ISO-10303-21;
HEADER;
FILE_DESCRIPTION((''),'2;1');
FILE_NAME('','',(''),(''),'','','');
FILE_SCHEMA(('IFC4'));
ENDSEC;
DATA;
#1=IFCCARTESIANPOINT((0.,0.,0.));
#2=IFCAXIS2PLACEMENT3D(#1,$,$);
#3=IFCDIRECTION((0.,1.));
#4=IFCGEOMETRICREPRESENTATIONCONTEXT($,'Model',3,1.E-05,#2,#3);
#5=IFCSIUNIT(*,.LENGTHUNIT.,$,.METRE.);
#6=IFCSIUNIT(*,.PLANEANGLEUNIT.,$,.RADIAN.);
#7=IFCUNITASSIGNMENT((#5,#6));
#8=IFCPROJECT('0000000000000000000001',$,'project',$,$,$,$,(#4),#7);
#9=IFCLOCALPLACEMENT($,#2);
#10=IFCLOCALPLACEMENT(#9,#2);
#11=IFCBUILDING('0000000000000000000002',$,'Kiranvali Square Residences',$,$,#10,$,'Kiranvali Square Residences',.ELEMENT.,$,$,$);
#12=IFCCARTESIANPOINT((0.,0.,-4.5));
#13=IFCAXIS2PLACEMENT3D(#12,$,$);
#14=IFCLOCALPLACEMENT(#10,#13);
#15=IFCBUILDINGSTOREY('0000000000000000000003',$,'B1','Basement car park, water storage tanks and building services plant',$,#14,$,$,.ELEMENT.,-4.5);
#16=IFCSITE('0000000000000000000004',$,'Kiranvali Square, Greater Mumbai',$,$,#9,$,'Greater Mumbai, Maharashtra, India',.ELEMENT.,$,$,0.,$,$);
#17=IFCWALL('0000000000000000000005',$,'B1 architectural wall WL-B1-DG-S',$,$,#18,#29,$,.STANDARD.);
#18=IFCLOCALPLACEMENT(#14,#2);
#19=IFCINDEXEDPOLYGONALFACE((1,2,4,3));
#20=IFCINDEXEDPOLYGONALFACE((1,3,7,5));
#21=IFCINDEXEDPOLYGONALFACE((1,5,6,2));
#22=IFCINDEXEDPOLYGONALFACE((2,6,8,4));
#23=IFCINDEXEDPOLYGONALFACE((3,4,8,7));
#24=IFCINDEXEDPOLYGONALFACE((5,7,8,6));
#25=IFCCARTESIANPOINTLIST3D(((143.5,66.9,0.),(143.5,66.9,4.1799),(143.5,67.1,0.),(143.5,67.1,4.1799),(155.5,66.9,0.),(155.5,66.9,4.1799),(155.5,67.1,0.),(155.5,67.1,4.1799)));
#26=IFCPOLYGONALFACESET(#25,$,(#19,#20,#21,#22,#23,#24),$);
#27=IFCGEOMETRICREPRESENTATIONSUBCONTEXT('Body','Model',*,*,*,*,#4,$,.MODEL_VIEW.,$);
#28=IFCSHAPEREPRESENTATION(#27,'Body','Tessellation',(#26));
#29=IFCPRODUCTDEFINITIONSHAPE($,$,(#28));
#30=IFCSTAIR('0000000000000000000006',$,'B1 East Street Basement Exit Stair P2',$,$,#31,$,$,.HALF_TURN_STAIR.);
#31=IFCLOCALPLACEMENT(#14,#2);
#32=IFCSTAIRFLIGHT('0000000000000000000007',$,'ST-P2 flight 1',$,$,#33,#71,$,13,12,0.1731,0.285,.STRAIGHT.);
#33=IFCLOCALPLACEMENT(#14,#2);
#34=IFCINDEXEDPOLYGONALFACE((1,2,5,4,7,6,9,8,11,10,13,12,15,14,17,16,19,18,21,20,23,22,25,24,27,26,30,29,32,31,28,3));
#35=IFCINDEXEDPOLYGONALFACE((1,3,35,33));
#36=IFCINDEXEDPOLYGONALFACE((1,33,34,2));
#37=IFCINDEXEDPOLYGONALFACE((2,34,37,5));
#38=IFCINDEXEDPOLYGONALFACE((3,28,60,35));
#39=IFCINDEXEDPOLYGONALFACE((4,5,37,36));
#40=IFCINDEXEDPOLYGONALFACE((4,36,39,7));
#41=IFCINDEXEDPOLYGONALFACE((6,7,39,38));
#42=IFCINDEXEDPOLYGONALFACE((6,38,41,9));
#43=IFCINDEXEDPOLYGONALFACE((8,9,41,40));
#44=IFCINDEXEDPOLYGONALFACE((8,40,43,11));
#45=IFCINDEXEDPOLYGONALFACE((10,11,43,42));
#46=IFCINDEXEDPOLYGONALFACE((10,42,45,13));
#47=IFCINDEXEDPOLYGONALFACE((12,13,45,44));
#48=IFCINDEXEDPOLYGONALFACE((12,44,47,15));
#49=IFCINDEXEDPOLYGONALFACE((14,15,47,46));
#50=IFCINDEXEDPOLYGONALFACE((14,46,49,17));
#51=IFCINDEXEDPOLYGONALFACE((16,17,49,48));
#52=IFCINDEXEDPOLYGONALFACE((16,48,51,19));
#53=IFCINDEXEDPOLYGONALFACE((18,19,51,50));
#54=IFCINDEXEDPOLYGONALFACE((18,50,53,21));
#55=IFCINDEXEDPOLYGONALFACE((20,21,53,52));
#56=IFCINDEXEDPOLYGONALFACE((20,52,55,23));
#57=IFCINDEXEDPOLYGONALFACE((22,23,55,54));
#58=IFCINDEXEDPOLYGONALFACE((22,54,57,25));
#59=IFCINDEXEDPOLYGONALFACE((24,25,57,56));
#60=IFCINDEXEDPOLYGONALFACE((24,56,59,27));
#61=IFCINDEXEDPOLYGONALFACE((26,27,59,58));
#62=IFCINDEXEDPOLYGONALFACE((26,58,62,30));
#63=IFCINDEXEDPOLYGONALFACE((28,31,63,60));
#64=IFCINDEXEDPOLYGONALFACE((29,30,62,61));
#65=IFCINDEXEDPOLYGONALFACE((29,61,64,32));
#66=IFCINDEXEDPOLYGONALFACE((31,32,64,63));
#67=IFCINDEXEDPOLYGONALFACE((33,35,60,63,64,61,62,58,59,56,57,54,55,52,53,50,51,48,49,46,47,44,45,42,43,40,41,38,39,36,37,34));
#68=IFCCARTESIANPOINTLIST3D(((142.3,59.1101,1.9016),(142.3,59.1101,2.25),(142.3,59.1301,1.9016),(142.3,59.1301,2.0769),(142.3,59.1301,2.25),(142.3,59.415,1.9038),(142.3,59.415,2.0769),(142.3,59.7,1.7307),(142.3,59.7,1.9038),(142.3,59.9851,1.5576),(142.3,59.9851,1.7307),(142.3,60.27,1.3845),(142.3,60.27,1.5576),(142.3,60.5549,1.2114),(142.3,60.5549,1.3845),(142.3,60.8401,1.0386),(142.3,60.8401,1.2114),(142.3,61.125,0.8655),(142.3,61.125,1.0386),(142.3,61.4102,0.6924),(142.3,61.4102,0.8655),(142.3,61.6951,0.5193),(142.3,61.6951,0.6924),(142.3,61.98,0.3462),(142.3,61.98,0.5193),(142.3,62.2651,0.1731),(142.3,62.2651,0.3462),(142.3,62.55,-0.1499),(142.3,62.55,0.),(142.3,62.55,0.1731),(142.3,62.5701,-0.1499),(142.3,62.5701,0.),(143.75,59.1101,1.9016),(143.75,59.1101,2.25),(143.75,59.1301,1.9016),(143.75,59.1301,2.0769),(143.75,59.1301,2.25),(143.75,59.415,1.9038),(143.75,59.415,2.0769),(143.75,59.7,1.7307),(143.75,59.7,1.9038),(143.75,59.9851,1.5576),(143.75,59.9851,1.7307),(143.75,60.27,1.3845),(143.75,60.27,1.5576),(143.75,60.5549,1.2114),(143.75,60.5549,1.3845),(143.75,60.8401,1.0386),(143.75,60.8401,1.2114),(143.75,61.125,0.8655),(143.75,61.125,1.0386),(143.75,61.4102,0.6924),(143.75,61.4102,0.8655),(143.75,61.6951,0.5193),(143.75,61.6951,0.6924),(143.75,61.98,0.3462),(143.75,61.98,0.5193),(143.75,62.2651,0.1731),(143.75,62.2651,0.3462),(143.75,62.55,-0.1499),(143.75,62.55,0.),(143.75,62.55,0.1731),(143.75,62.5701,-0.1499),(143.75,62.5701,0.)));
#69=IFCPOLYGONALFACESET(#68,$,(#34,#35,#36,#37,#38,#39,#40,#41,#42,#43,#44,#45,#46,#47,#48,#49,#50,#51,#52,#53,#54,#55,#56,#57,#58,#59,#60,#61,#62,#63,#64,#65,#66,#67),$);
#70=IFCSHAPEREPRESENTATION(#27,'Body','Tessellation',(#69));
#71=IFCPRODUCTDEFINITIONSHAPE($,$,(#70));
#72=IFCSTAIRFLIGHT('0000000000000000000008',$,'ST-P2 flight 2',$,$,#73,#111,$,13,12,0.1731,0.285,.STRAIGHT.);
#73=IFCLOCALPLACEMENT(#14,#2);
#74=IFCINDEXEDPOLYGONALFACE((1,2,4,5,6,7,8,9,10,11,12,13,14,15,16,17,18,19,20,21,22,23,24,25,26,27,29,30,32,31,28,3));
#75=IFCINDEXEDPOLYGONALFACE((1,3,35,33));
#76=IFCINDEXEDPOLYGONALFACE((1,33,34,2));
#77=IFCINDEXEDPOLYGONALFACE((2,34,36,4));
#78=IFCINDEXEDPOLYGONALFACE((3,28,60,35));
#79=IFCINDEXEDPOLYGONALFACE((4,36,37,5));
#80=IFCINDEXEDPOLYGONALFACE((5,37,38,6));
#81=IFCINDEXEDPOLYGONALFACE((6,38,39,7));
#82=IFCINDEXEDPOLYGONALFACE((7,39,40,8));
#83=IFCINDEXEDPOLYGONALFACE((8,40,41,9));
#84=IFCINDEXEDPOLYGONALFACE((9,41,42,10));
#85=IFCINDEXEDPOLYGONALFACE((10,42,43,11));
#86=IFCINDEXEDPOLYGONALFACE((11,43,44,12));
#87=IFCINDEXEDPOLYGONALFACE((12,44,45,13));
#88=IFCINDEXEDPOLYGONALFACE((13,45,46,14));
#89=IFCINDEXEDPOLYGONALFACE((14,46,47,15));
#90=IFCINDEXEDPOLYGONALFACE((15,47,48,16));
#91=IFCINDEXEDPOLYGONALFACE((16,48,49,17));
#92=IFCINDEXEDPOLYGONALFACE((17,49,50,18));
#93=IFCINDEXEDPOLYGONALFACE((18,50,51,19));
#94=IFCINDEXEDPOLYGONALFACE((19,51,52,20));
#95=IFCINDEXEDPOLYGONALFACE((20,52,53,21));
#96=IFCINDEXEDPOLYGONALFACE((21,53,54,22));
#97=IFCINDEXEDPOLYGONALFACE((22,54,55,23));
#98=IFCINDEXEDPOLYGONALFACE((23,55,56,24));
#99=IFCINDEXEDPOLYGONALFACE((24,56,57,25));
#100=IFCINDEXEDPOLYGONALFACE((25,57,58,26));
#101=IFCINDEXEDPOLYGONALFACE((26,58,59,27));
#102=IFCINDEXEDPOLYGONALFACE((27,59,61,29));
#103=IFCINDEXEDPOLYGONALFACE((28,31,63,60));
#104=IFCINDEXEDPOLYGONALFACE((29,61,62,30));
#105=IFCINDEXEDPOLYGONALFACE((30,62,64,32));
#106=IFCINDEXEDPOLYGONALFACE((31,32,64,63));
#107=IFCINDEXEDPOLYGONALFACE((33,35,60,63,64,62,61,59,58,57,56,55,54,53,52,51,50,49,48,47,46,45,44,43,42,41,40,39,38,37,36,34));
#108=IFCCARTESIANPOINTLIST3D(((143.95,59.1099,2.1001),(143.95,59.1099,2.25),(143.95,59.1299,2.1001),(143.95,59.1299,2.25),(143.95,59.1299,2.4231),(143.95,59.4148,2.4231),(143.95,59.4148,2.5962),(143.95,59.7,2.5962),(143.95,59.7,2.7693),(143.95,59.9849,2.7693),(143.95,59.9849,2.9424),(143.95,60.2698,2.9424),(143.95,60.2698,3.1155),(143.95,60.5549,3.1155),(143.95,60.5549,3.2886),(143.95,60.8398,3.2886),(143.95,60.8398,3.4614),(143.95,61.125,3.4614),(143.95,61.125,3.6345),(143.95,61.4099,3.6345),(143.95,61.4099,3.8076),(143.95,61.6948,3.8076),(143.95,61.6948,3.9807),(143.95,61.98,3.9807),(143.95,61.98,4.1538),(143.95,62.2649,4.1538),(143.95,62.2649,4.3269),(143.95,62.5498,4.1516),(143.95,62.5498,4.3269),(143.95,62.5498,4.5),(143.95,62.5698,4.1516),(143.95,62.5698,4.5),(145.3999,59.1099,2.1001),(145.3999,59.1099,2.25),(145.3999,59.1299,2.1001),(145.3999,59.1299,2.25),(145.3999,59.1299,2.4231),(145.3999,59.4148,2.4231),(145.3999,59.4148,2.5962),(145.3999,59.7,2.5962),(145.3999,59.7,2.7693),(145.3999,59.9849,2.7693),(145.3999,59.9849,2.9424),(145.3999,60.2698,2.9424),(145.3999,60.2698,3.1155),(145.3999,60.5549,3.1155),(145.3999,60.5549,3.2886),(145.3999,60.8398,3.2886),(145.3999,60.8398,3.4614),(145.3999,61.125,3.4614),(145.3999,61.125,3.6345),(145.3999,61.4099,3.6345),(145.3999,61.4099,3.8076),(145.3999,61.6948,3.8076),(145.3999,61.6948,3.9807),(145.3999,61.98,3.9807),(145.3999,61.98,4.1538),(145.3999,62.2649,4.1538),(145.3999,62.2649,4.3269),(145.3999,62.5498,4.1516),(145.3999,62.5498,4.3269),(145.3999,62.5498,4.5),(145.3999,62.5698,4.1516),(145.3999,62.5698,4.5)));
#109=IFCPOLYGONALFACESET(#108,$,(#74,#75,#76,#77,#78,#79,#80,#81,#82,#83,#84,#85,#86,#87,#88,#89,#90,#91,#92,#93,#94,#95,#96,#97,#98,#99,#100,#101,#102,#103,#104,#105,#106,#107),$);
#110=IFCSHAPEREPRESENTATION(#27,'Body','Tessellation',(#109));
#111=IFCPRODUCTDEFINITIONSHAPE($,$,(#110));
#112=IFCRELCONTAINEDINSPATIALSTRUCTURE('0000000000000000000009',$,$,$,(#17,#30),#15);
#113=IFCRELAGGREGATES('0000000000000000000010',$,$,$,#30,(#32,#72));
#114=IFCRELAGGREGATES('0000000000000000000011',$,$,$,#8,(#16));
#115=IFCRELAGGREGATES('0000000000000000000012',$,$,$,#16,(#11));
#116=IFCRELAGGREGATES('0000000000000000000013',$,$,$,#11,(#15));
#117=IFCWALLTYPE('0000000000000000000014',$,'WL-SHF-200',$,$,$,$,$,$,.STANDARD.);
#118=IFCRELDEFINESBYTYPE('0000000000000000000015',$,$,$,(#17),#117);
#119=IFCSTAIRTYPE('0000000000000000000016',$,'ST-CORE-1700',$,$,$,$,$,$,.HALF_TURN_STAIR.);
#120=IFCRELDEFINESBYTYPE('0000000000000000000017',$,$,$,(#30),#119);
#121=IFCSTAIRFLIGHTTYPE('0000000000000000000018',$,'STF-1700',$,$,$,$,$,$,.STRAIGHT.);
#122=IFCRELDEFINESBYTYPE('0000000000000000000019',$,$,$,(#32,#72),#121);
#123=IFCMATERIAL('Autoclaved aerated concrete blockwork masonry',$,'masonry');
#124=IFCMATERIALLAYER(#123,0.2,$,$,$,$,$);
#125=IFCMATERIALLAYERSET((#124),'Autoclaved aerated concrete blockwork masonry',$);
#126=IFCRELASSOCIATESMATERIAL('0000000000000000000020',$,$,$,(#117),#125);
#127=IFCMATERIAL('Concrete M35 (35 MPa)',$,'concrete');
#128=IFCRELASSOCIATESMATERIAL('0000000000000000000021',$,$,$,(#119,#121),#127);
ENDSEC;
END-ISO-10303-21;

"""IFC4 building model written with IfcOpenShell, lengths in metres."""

from ifc_helpers import new_model, si_unit, direction, frame, frame_2d, origin, place, context, subcontext, project, spatial, polyline, rectangle, outline, extrude, material, layer, layer_set, type_object, element, aggregate, save


model = new_model("IFC4")

# Units and contexts
model_context = context("Model", 3, precision=1e-05, world=origin(), true_north=direction((0.0, 1.0)))
body_context = subcontext(model_context, "Body", "Model", "MODEL_VIEW")
ifc_project = project(units=[si_unit("LENGTHUNIT", "METRE"), si_unit("PLANEANGLEUNIT", "RADIAN")], contexts=[model_context])

# Site, building, storey
site_placement = place(None, origin())
site = spatial("IfcSite", under=ifc_project, at=site_placement, Name="Kiranvali Square, Greater Mumbai", LongName="Greater Mumbai, Maharashtra, India", CompositionType="ELEMENT", RefElevation=0.0)
building_placement = place(site_placement, origin())
building = spatial("IfcBuilding", under=site, at=building_placement, Name="Kiranvali Square Residences", LongName="Kiranvali Square Residences", CompositionType="ELEMENT")
storey_placement = place(building_placement, frame((0.0, 0.0, -4.5)))
storey = spatial("IfcBuildingStorey", under=building, at=storey_placement, Name="B1", Description="Basement car park, water storage tanks and building services plant", CompositionType="ELEMENT", Elevation=-4.5)

# Wall
ifc_material_1 = material(Name="Autoclaved aerated concrete blockwork masonry", Category="masonry")
ifc_layer = layer(ifc_material_1, 0.2)
ifc_layer_set = layer_set([ifc_layer], Name="Autoclaved aerated concrete blockwork masonry")
wall_type = type_object("IfcWallType", Name="WL-SHF-200", PredefinedType="STANDARD", material=ifc_layer_set)
wall_1_placement = place(storey_placement, frame((143.5, 67.0, 0.0), z_axis=(0.0, 0.0, 1.0), x_axis=(1.0, 0.0, 0.0)))
element("IfcWall", 1, at=wall_1_placement, inside=storey, type_object=wall_type, Name="B1 architectural wall WL-B1-DG-S", PredefinedType="STANDARD", context=body_context, shape_type="SweptSolid", body=[
    extrude(rectangle(XDim=12.0, YDim=0.2, at=frame_2d((6.0, 0.0))), origin(), (0.0, 0.0, 1.0), 4.1799),
])

# Stair, stair flights
ifc_material_2 = material(Name="Concrete M35 (35 MPa)", Category="concrete")
stair_type = type_object("IfcStairType", Name="ST-CORE-1700", PredefinedType="HALF_TURN_STAIR", material=ifc_material_2)
stair_placement = place(storey_placement, origin())
stair = element("IfcStair", 2, at=stair_placement, inside=storey, type_object=stair_type, Name="B1 East Street Basement Exit Stair P2", PredefinedType="HALF_TURN_STAIR")
stair_flight_type = type_object("IfcStairFlightType", Name="STF-1700", PredefinedType="STRAIGHT", material=ifc_material_2)
stair_flight_1_placement = place(storey_placement, frame((143.0249, 62.55, 0.0), z_axis=(0.0, 0.0, 1.0), x_axis=(0.0, -1.0, 0.0)))
stair_flight_1 = element("IfcStairFlight", 3, at=stair_flight_1_placement, type_object=stair_flight_type, Name="ST-P2 flight 1", NumberOfRisers=13, NumberOfTreads=12, PredefinedType="STRAIGHT", RiserHeight=0.1731, TreadLength=0.285, context=body_context, shape_type="SweptSolid", body=[
    extrude(outline(polyline([(-0.02, -0.1499), (-0.02, 0.0), (0.0, 0.0), (0.0, 0.1731), (0.2849, 0.1731), (0.2849, 0.3462), (0.5701, 0.3462), (0.5701, 0.5193), (0.855, 0.5193), (0.855, 0.6924), (1.1399, 0.6924), (1.1399, 0.8655), (1.425, 0.8655), (1.425, 1.0386), (1.71, 1.0386), (1.71, 1.2114), (1.9951, 1.2114), (1.9951, 1.3845), (2.28, 1.3845), (2.28, 1.5576), (2.5649, 1.5576), (2.5649, 1.7307), (2.8501, 1.7307), (2.8501, 1.9038), (3.135, 1.9038), (3.135, 2.0769), (3.4199, 2.0769), (3.4199, 2.25), (3.4399, 2.25), (3.4399, 1.9016), (3.4199, 1.9016), (0.0, -0.1499), (-0.02, -0.1499)])), frame((0.0, 0.7251, 0.0), z_axis=(0.0, -1.0, 0.0), x_axis=(1.0, 0.0, 0.0)), (0.0, 0.0, 1.0), 1.45),
])
stair_flight_2_placement = place(storey_placement, frame((144.675, 59.1299, 2.25), z_axis=(0.0, 0.0, 1.0), x_axis=(0.0, 1.0, 0.0)))
stair_flight_2 = element("IfcStairFlight", 4, at=stair_flight_2_placement, type_object=stair_flight_type, Name="ST-P2 flight 2", NumberOfRisers=13, NumberOfTreads=12, PredefinedType="STRAIGHT", RiserHeight=0.1731, TreadLength=0.285, context=body_context, shape_type="SweptSolid", body=[
    extrude(outline(polyline([(-0.02, -0.1499), (-0.02, 0.0), (0.0, 0.0), (0.0, 0.1731), (0.2849, 0.1731), (0.2849, 0.3462), (0.5701, 0.3462), (0.5701, 0.5193), (0.855, 0.5193), (0.855, 0.6924), (1.1399, 0.6924), (1.1399, 0.8655), (1.425, 0.8655), (1.425, 1.0386), (1.71, 1.0386), (1.71, 1.2114), (1.9951, 1.2114), (1.9951, 1.3845), (2.28, 1.3845), (2.28, 1.5576), (2.5649, 1.5576), (2.5649, 1.7307), (2.8501, 1.7307), (2.8501, 1.9038), (3.135, 1.9038), (3.135, 2.0769), (3.4199, 2.0769), (3.4199, 2.25), (3.4399, 2.25), (3.4399, 1.9016), (3.4199, 1.9016), (0.0, -0.1499), (-0.02, -0.1499)])), frame((0.0, 0.7251, 0.0), z_axis=(0.0, -1.0, 0.0), x_axis=(1.0, 0.0, 0.0)), (0.0, 0.0, 1.0), 1.45),
])
aggregate(stair, [stair_flight_1, stair_flight_2])

save(model, "model.ifc")
